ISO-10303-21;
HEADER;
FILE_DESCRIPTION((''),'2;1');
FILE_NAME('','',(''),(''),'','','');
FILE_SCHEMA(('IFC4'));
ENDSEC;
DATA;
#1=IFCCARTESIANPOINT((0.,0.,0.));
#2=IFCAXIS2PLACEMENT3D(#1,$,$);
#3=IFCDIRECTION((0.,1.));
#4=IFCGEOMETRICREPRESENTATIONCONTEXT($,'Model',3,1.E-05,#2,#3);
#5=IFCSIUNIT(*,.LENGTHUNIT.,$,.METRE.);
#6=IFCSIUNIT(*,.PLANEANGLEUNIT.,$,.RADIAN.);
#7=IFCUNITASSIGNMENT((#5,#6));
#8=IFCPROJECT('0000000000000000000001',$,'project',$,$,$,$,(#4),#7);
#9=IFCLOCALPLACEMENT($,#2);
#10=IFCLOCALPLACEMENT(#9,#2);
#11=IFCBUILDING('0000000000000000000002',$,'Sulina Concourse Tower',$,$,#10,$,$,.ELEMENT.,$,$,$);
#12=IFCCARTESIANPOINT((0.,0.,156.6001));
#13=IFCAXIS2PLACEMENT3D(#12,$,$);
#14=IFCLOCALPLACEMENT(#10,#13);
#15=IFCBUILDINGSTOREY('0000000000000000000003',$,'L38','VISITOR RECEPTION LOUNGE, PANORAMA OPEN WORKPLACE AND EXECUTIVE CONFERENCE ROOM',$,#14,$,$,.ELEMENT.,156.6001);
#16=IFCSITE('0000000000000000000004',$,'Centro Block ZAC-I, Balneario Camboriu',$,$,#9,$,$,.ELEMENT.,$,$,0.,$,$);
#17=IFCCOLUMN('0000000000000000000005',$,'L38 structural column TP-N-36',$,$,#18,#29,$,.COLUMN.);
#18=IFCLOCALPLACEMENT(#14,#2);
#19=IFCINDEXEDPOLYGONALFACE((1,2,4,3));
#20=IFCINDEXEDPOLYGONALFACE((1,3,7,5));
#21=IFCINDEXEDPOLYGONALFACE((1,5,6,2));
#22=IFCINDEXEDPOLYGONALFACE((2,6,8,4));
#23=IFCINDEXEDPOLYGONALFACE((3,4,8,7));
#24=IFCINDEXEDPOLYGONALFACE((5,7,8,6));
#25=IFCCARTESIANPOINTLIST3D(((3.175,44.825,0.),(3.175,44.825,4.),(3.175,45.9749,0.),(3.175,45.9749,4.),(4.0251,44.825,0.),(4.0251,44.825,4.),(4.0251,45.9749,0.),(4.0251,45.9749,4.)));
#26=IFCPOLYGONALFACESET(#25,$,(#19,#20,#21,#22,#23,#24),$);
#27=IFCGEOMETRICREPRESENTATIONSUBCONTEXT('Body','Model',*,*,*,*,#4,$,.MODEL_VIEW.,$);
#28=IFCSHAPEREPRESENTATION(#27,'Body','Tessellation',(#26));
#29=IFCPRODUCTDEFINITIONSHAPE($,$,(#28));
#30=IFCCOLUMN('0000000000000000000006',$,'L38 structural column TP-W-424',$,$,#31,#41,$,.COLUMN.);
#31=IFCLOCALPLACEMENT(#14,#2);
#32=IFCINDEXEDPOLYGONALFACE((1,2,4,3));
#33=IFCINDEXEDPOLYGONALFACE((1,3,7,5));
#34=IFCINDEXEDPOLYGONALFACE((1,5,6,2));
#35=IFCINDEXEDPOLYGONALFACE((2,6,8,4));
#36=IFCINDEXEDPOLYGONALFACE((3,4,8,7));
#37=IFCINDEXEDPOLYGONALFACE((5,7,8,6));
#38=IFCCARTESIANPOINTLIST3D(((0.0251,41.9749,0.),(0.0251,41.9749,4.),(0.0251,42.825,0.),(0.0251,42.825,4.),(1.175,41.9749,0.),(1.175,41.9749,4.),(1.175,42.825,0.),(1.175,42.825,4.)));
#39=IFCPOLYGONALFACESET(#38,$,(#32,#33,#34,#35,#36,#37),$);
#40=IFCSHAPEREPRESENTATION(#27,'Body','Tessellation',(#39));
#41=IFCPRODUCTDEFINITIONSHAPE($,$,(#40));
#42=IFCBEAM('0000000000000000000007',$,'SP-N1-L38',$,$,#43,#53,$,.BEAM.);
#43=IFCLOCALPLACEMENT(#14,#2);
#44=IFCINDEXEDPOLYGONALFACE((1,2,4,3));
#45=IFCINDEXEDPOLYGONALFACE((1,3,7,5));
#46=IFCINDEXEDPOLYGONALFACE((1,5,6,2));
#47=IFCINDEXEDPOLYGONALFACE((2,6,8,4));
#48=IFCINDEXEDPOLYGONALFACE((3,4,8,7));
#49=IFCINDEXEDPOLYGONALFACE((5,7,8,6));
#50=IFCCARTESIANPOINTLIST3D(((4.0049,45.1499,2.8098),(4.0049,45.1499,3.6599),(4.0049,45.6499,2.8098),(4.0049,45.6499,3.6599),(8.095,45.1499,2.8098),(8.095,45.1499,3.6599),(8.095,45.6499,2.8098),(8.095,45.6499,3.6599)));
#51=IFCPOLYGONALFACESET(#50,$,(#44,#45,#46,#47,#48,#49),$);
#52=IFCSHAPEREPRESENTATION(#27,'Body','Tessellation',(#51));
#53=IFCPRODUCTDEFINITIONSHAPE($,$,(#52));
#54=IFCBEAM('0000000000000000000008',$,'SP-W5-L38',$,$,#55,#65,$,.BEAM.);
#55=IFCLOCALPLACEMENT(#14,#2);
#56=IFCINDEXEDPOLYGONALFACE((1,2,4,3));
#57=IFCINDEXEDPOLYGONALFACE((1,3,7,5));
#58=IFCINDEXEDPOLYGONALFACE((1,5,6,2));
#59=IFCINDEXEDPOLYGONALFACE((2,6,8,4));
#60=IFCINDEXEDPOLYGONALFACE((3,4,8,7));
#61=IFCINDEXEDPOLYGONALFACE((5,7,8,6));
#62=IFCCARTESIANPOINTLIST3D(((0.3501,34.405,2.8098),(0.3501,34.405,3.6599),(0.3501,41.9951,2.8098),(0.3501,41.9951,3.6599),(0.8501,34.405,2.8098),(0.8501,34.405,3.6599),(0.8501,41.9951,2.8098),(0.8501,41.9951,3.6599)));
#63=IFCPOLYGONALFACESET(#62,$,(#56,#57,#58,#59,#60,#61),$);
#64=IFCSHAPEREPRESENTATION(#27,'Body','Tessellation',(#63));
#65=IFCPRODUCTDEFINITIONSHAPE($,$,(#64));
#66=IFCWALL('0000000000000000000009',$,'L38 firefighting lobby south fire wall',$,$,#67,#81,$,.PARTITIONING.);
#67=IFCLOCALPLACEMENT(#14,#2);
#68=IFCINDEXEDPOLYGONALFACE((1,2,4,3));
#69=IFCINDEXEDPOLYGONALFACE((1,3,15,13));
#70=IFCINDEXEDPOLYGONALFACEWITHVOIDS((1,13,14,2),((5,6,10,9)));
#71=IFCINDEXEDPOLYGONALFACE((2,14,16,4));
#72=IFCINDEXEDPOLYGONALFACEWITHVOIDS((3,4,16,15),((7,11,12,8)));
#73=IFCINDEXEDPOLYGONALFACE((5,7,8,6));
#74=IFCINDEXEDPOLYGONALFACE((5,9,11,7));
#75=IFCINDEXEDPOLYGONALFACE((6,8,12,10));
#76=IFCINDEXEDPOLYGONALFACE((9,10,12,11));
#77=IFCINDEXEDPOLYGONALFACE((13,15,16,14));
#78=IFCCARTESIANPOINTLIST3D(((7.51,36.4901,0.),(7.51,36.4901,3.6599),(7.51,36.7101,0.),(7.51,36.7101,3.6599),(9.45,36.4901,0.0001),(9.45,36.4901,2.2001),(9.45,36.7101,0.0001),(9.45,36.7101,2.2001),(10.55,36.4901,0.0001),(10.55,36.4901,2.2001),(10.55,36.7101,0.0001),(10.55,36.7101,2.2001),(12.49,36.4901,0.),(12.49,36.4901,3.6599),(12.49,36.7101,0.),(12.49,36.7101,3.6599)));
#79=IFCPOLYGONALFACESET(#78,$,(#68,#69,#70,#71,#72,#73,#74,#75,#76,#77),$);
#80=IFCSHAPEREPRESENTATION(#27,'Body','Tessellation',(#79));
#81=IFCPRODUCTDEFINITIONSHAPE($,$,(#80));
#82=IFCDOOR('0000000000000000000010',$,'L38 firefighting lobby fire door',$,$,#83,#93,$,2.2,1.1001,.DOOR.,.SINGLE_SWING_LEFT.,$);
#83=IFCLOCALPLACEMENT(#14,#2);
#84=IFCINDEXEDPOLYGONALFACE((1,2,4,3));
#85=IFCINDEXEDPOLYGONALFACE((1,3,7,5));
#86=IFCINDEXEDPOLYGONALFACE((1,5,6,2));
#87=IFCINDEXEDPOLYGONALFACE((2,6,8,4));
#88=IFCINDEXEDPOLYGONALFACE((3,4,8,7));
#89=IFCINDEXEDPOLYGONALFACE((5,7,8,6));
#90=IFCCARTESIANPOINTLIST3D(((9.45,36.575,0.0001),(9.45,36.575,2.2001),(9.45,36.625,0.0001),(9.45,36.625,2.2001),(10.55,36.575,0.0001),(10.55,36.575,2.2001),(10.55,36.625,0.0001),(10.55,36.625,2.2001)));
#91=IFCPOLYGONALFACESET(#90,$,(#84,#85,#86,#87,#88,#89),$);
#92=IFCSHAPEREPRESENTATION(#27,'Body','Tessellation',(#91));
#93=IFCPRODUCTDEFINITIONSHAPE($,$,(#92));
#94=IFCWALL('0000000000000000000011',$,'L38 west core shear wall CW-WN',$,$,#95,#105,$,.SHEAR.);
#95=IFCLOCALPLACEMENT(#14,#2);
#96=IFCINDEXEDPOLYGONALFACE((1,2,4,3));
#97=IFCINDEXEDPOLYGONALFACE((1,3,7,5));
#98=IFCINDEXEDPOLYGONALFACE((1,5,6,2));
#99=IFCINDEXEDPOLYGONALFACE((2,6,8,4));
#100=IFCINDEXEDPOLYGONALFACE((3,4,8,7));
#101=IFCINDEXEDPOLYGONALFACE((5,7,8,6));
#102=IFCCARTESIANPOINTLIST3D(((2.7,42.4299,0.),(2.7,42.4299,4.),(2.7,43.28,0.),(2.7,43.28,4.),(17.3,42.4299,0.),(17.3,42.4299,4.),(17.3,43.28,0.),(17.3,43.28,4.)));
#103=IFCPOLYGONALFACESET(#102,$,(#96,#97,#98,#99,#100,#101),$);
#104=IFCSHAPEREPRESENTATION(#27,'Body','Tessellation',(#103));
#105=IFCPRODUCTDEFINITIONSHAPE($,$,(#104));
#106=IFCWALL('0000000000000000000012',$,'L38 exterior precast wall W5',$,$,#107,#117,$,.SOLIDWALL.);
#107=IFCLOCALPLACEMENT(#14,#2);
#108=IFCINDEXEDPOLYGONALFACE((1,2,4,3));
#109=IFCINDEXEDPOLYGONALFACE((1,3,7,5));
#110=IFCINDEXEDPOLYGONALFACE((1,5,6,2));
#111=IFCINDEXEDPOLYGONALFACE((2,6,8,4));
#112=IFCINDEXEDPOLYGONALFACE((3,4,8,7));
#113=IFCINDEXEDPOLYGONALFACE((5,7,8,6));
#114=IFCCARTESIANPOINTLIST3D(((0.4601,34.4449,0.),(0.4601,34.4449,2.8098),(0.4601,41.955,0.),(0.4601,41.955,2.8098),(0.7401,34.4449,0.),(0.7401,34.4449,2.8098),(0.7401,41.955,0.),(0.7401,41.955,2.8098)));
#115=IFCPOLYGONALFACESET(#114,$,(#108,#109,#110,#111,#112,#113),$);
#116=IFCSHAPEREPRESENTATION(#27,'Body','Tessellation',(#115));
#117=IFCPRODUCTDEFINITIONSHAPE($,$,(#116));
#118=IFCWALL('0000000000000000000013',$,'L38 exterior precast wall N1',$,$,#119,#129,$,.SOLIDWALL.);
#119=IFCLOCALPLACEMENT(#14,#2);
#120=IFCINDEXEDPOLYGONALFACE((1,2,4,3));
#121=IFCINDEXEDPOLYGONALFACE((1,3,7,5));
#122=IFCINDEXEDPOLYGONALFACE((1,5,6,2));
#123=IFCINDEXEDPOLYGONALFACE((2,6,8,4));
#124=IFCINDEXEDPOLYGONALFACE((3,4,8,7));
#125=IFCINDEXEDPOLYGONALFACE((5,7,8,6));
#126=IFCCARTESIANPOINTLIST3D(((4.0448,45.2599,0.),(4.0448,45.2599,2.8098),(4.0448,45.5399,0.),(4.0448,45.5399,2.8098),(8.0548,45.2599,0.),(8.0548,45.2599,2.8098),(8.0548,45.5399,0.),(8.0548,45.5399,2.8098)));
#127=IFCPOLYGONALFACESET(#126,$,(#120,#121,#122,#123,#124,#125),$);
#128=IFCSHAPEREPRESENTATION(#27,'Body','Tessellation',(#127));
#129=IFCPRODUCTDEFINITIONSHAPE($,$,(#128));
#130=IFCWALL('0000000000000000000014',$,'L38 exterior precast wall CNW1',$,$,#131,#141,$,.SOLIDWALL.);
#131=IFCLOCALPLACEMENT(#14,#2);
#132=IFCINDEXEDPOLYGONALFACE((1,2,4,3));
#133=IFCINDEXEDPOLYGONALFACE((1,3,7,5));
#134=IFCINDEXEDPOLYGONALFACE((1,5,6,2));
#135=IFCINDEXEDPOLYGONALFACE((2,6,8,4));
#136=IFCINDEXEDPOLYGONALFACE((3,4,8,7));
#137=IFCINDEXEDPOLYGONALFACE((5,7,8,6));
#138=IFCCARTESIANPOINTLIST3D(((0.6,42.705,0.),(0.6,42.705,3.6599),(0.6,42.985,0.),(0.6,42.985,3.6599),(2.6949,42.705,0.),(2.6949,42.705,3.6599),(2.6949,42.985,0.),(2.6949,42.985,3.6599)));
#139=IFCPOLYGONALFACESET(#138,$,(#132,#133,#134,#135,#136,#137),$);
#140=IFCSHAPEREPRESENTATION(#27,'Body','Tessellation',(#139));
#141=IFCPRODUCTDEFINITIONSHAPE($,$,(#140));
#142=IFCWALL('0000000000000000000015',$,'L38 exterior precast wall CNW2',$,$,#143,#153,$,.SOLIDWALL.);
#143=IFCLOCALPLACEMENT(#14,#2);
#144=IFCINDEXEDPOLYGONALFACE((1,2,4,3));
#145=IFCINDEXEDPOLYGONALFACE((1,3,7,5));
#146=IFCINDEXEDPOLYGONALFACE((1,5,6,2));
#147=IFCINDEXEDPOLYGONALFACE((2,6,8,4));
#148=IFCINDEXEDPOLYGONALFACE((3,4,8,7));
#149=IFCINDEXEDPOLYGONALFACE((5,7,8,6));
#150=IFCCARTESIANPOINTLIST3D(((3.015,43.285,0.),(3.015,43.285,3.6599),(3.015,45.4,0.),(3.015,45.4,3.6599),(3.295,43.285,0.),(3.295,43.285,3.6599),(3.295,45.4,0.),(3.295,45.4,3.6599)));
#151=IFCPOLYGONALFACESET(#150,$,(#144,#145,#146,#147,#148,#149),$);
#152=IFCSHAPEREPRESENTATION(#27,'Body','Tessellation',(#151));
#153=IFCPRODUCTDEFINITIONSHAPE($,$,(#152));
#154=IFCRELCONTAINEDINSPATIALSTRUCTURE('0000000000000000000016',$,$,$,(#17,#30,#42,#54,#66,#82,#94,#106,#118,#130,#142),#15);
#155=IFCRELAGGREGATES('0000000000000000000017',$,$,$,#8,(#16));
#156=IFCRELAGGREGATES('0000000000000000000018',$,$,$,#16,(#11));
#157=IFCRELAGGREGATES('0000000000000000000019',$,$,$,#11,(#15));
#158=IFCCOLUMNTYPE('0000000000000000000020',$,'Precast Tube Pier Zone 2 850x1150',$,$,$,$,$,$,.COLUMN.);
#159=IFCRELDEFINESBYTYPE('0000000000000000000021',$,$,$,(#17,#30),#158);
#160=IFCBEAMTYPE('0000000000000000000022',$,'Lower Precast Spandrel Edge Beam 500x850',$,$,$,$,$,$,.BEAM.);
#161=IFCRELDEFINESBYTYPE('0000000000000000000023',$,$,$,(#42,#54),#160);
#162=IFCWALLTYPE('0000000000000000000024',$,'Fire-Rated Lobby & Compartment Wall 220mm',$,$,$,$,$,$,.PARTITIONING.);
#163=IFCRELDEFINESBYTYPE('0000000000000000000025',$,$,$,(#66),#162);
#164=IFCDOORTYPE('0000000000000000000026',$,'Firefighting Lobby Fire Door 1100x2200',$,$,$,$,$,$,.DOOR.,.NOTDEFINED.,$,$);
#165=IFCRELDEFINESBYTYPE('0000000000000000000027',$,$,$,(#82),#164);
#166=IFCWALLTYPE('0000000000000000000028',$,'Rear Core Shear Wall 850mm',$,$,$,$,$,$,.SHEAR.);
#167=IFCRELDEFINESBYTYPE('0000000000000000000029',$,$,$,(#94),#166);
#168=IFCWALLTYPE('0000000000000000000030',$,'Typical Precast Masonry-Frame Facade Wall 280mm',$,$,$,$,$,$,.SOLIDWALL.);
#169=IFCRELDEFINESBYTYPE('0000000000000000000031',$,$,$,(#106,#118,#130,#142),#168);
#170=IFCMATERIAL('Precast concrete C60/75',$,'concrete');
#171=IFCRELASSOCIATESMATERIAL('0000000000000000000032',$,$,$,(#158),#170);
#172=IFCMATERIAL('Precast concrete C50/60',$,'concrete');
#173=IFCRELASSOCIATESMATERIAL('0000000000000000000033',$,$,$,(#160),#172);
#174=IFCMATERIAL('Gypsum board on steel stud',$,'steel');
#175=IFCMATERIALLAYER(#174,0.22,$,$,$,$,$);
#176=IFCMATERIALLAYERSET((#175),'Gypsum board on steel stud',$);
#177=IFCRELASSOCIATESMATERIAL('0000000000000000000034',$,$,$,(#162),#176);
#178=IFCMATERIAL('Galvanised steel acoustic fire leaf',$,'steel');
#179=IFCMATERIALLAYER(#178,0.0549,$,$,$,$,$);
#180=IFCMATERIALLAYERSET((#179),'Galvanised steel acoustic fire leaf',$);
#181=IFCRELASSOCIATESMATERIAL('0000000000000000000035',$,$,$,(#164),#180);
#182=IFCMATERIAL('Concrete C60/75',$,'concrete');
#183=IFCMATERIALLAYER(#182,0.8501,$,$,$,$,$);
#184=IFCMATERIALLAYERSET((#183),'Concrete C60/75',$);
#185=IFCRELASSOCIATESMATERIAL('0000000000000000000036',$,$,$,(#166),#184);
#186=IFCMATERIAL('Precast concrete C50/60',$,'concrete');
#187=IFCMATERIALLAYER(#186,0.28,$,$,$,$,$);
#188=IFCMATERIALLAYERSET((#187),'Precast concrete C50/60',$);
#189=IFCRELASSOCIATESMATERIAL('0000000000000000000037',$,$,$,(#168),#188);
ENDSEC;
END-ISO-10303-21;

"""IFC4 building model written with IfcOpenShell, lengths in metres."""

from ifc_helpers import new_model, si_unit, direction, frame, frame_2d, origin, origin_2d, place, context, subcontext, project, spatial, rectangle, extrude, material, layer, layer_set, material_profile, profile_set, type_object, element, fill, save


model = new_model("IFC4")

# Units and contexts
model_context = context("Model", 3, precision=1e-05, world=origin(), true_north=direction((0.0, 1.0)))
body_context = subcontext(model_context, "Body", "Model", "MODEL_VIEW")
ifc_project = project(units=[si_unit("LENGTHUNIT", "METRE"), si_unit("PLANEANGLEUNIT", "RADIAN")], contexts=[model_context])

# Site, building, storey
site_placement = place(None, origin())
site = spatial("IfcSite", under=ifc_project, at=site_placement, Name="Centro Block ZAC-I, Balneario Camboriu", CompositionType="ELEMENT", RefElevation=0.0)
building_placement = place(site_placement, origin())
building = spatial("IfcBuilding", under=site, at=building_placement, Name="Sulina Concourse Tower", CompositionType="ELEMENT")
storey_placement = place(building_placement, frame((0.0, 0.0, 156.6001)))
storey = spatial("IfcBuildingStorey", under=building, at=storey_placement, Name="L38", Description="VISITOR RECEPTION LOUNGE, PANORAMA OPEN WORKPLACE AND EXECUTIVE CONFERENCE ROOM", CompositionType="ELEMENT", Elevation=156.6001)

# Columns
ifc_material_1 = material(Name="Precast concrete C60/75", Category="concrete")
ifc_material_profile_1 = material_profile(ifc_material_1, rectangle(XDim=0.8501, YDim=1.1499, at=origin_2d()), Name="PC 850x1150")
ifc_profile_set_1 = profile_set([ifc_material_profile_1], Name="Precast concrete C60/75")
column_type = type_object("IfcColumnType", Name="Precast Tube Pier Zone 2 850x1150", PredefinedType="COLUMN", material=ifc_profile_set_1)
for number, where, z_axis, x_axis, name in (
    (1, (3.6001, 45.3999, 0.0), (0.0, 0.0, 1.0), (1.0, 0.0, 0.0), "L38 structural column TP-N-36"),
    (2, (0.6001, 42.3999, 0.0), (0.0, 0.0, 1.0), (0.0, 1.0, 0.0), "L38 structural column TP-W-424"),
):
    element("IfcColumn", number, at=place(storey_placement, frame(where, z_axis=z_axis, x_axis=x_axis)), inside=storey, type_object=column_type, Name=name, PredefinedType="COLUMN", context=body_context, shape_type="SweptSolid", body=[
        extrude(rectangle(XDim=0.8501, YDim=1.1499, at=origin_2d()), origin(), (0.0, 0.0, 1.0), 4.0),
    ])

# Beams
ifc_material_2 = material(Name="Precast concrete C50/60", Category="concrete")
ifc_material_profile_2 = material_profile(ifc_material_2, rectangle(XDim=0.5, YDim=0.8501, at=origin_2d()), Name="RC 500x850")
ifc_profile_set_2 = profile_set([ifc_material_profile_2], Name="Precast concrete C50/60")
beam_type = type_object("IfcBeamType", Name="Lower Precast Spandrel Edge Beam 500x850", PredefinedType="BEAM", material=ifc_profile_set_2)
beam_1_placement = place(storey_placement, frame((4.0049, 45.3999, 3.2349), z_axis=(1.0, 0.0, 0.0), x_axis=(0.0, 1.0, 0.0)))
element("IfcBeam", 3, at=beam_1_placement, inside=storey, type_object=beam_type, Name="SP-N1-L38", PredefinedType="BEAM", context=body_context, shape_type="SweptSolid", body=[
    extrude(rectangle(XDim=0.5, YDim=0.8501, at=origin_2d()), origin(), (0.0, 0.0, 1.0), 4.0901),
])
beam_2_placement = place(storey_placement, frame((0.6001, 34.405, 3.2349), z_axis=(0.0, 1.0, 0.0), x_axis=(-1.0, 0.0, 0.0)))
element("IfcBeam", 4, at=beam_2_placement, inside=storey, type_object=beam_type, Name="SP-W5-L38", PredefinedType="BEAM", context=body_context, shape_type="SweptSolid", body=[
    extrude(rectangle(XDim=0.5, YDim=0.8501, at=origin_2d()), origin(), (0.0, 0.0, 1.0), 7.5901),
])

# Wall, opening, door
ifc_material_3 = material(Name="Gypsum board on steel stud", Category="steel")
ifc_layer_1 = layer(ifc_material_3, 0.22)
ifc_layer_set_1 = layer_set([ifc_layer_1], Name="Gypsum board on steel stud")
wall_type_1 = type_object("IfcWallType", Name="Fire-Rated Lobby & Compartment Wall 220mm", PredefinedType="PARTITIONING", material=ifc_layer_set_1)
wall_1_placement = place(storey_placement, frame((7.51, 36.6001, 0.0), z_axis=(0.0, 0.0, 1.0), x_axis=(1.0, 0.0, 0.0)))
wall_1 = element("IfcWall", 5, at=wall_1_placement, inside=storey, type_object=wall_type_1, Name="L38 firefighting lobby south fire wall", PredefinedType="PARTITIONING", context=body_context, shape_type="SweptSolid", body=[
    extrude(rectangle(XDim=4.98, YDim=0.22, at=frame_2d((2.49, 0.0))), origin(), (0.0, 0.0, 1.0), 3.6599),
])
opening_placement = place(wall_1_placement, frame((1.9399, 0.0, 0.0)))
opening = element("IfcOpeningElement", 6, at=opening_placement, cuts=wall_1, PredefinedType="OPENING", context=body_context, shape_type="SweptSolid", body=[
    extrude(rectangle(XDim=1.1001, YDim=2.2, at=frame_2d((0.55, 1.1001))), frame((0.0, 0.1199, 0.0), z_axis=(0.0, -1.0, 0.0), x_axis=(1.0, 0.0, 0.0)), (0.0, 0.0, 1.0), 0.24),
])
ifc_material_4 = material(Name="Galvanised steel acoustic fire leaf", Category="steel")
ifc_layer_2 = layer(ifc_material_4, 0.0549)
ifc_layer_set_2 = layer_set([ifc_layer_2], Name="Galvanised steel acoustic fire leaf")
door_type = type_object("IfcDoorType", Name="Firefighting Lobby Fire Door 1100x2200", OperationType="NOTDEFINED", PredefinedType="DOOR", material=ifc_layer_set_2)
door_placement = place(opening_placement, origin())
door = element("IfcDoor", 7, at=door_placement, inside=storey, type_object=door_type, Name="L38 firefighting lobby fire door", OperationType="SINGLE_SWING_LEFT", OverallHeight=2.2, OverallWidth=1.1001, PredefinedType="DOOR", context=body_context, shape_type="SweptSolid", body=[
    extrude(rectangle(XDim=1.1001, YDim=2.2, at=frame_2d((0.55, 1.1001))), frame((0.0, 0.0249, 0.0), z_axis=(0.0, -1.0, 0.0), x_axis=(1.0, 0.0, 0.0)), (0.0, 0.0, 1.0), 0.05),
])
fill(opening, door)

# Walls
ifc_material_5 = material(Name="Concrete C60/75", Category="concrete")
ifc_layer_3 = layer(ifc_material_5, 0.8501)
ifc_layer_set_3 = layer_set([ifc_layer_3], Name="Concrete C60/75")
wall_type_2 = type_object("IfcWallType", Name="Rear Core Shear Wall 850mm", PredefinedType="SHEAR", material=ifc_layer_set_3)
wall_2_placement = place(storey_placement, frame((2.7, 42.855, 0.0), z_axis=(0.0, 0.0, 1.0), x_axis=(1.0, 0.0, 0.0)))
element("IfcWall", 8, at=wall_2_placement, inside=storey, type_object=wall_type_2, Name="L38 west core shear wall CW-WN", PredefinedType="SHEAR", context=body_context, shape_type="SweptSolid", body=[
    extrude(rectangle(XDim=14.6001, YDim=0.8501, at=frame_2d((7.3, 0.0))), origin(), (0.0, 0.0, 1.0), 4.0),
])
ifc_material_6 = material(Name="Precast concrete C50/60", Category="concrete")
ifc_layer_4 = layer(ifc_material_6, 0.28)
ifc_layer_set_4 = layer_set([ifc_layer_4], Name="Precast concrete C50/60")
wall_type_3 = type_object("IfcWallType", Name="Typical Precast Masonry-Frame Facade Wall 280mm", PredefinedType="SOLIDWALL", material=ifc_layer_set_4)
wall_3_placement = place(storey_placement, frame((0.6001, 34.4451, 0.0), z_axis=(0.0, 0.0, 1.0), x_axis=(0.0, 1.0, 0.0)))
element("IfcWall", 9, at=wall_3_placement, inside=storey, type_object=wall_type_3, Name="L38 exterior precast wall W5", PredefinedType="SOLIDWALL", context=body_context, shape_type="SweptSolid", body=[
    extrude(rectangle(XDim=7.51, YDim=0.28, at=frame_2d((3.7549, 0.0))), origin(), (0.0, 0.0, 1.0), 2.8098),
])
wall_4_placement = place(storey_placement, frame((4.0449, 45.3999, 0.0), z_axis=(0.0, 0.0, 1.0), x_axis=(1.0, 0.0, 0.0)))
element("IfcWall", 10, at=wall_4_placement, inside=storey, type_object=wall_type_3, Name="L38 exterior precast wall N1", PredefinedType="SOLIDWALL", context=body_context, shape_type="SweptSolid", body=[
    extrude(rectangle(XDim=4.01, YDim=0.28, at=frame_2d((2.0049, 0.0))), origin(), (0.0, 0.0, 1.0), 2.8098),
])
wall_5_placement = place(storey_placement, frame((0.6001, 42.845, 0.0), z_axis=(0.0, 0.0, 1.0), x_axis=(1.0, 0.0, 0.0)))
element("IfcWall", 11, at=wall_5_placement, inside=storey, type_object=wall_type_3, Name="L38 exterior precast wall CNW1", PredefinedType="SOLIDWALL", context=body_context, shape_type="SweptSolid", body=[
    extrude(rectangle(XDim=2.095, YDim=0.28, at=frame_2d((1.0474, 0.0))), origin(), (0.0, 0.0, 1.0), 3.6599),
])
wall_6_placement = place(storey_placement, frame((3.155, 43.2849, 0.0), z_axis=(0.0, 0.0, 1.0), x_axis=(0.0, 1.0, 0.0)))
element("IfcWall", 12, at=wall_6_placement, inside=storey, type_object=wall_type_3, Name="L38 exterior precast wall CNW2", PredefinedType="SOLIDWALL", context=body_context, shape_type="SweptSolid", body=[
    extrude(rectangle(XDim=2.115, YDim=0.28, at=frame_2d((1.0576, 0.0))), origin(), (0.0, 0.0, 1.0), 3.6599),
])

save(model, "model.ifc")
